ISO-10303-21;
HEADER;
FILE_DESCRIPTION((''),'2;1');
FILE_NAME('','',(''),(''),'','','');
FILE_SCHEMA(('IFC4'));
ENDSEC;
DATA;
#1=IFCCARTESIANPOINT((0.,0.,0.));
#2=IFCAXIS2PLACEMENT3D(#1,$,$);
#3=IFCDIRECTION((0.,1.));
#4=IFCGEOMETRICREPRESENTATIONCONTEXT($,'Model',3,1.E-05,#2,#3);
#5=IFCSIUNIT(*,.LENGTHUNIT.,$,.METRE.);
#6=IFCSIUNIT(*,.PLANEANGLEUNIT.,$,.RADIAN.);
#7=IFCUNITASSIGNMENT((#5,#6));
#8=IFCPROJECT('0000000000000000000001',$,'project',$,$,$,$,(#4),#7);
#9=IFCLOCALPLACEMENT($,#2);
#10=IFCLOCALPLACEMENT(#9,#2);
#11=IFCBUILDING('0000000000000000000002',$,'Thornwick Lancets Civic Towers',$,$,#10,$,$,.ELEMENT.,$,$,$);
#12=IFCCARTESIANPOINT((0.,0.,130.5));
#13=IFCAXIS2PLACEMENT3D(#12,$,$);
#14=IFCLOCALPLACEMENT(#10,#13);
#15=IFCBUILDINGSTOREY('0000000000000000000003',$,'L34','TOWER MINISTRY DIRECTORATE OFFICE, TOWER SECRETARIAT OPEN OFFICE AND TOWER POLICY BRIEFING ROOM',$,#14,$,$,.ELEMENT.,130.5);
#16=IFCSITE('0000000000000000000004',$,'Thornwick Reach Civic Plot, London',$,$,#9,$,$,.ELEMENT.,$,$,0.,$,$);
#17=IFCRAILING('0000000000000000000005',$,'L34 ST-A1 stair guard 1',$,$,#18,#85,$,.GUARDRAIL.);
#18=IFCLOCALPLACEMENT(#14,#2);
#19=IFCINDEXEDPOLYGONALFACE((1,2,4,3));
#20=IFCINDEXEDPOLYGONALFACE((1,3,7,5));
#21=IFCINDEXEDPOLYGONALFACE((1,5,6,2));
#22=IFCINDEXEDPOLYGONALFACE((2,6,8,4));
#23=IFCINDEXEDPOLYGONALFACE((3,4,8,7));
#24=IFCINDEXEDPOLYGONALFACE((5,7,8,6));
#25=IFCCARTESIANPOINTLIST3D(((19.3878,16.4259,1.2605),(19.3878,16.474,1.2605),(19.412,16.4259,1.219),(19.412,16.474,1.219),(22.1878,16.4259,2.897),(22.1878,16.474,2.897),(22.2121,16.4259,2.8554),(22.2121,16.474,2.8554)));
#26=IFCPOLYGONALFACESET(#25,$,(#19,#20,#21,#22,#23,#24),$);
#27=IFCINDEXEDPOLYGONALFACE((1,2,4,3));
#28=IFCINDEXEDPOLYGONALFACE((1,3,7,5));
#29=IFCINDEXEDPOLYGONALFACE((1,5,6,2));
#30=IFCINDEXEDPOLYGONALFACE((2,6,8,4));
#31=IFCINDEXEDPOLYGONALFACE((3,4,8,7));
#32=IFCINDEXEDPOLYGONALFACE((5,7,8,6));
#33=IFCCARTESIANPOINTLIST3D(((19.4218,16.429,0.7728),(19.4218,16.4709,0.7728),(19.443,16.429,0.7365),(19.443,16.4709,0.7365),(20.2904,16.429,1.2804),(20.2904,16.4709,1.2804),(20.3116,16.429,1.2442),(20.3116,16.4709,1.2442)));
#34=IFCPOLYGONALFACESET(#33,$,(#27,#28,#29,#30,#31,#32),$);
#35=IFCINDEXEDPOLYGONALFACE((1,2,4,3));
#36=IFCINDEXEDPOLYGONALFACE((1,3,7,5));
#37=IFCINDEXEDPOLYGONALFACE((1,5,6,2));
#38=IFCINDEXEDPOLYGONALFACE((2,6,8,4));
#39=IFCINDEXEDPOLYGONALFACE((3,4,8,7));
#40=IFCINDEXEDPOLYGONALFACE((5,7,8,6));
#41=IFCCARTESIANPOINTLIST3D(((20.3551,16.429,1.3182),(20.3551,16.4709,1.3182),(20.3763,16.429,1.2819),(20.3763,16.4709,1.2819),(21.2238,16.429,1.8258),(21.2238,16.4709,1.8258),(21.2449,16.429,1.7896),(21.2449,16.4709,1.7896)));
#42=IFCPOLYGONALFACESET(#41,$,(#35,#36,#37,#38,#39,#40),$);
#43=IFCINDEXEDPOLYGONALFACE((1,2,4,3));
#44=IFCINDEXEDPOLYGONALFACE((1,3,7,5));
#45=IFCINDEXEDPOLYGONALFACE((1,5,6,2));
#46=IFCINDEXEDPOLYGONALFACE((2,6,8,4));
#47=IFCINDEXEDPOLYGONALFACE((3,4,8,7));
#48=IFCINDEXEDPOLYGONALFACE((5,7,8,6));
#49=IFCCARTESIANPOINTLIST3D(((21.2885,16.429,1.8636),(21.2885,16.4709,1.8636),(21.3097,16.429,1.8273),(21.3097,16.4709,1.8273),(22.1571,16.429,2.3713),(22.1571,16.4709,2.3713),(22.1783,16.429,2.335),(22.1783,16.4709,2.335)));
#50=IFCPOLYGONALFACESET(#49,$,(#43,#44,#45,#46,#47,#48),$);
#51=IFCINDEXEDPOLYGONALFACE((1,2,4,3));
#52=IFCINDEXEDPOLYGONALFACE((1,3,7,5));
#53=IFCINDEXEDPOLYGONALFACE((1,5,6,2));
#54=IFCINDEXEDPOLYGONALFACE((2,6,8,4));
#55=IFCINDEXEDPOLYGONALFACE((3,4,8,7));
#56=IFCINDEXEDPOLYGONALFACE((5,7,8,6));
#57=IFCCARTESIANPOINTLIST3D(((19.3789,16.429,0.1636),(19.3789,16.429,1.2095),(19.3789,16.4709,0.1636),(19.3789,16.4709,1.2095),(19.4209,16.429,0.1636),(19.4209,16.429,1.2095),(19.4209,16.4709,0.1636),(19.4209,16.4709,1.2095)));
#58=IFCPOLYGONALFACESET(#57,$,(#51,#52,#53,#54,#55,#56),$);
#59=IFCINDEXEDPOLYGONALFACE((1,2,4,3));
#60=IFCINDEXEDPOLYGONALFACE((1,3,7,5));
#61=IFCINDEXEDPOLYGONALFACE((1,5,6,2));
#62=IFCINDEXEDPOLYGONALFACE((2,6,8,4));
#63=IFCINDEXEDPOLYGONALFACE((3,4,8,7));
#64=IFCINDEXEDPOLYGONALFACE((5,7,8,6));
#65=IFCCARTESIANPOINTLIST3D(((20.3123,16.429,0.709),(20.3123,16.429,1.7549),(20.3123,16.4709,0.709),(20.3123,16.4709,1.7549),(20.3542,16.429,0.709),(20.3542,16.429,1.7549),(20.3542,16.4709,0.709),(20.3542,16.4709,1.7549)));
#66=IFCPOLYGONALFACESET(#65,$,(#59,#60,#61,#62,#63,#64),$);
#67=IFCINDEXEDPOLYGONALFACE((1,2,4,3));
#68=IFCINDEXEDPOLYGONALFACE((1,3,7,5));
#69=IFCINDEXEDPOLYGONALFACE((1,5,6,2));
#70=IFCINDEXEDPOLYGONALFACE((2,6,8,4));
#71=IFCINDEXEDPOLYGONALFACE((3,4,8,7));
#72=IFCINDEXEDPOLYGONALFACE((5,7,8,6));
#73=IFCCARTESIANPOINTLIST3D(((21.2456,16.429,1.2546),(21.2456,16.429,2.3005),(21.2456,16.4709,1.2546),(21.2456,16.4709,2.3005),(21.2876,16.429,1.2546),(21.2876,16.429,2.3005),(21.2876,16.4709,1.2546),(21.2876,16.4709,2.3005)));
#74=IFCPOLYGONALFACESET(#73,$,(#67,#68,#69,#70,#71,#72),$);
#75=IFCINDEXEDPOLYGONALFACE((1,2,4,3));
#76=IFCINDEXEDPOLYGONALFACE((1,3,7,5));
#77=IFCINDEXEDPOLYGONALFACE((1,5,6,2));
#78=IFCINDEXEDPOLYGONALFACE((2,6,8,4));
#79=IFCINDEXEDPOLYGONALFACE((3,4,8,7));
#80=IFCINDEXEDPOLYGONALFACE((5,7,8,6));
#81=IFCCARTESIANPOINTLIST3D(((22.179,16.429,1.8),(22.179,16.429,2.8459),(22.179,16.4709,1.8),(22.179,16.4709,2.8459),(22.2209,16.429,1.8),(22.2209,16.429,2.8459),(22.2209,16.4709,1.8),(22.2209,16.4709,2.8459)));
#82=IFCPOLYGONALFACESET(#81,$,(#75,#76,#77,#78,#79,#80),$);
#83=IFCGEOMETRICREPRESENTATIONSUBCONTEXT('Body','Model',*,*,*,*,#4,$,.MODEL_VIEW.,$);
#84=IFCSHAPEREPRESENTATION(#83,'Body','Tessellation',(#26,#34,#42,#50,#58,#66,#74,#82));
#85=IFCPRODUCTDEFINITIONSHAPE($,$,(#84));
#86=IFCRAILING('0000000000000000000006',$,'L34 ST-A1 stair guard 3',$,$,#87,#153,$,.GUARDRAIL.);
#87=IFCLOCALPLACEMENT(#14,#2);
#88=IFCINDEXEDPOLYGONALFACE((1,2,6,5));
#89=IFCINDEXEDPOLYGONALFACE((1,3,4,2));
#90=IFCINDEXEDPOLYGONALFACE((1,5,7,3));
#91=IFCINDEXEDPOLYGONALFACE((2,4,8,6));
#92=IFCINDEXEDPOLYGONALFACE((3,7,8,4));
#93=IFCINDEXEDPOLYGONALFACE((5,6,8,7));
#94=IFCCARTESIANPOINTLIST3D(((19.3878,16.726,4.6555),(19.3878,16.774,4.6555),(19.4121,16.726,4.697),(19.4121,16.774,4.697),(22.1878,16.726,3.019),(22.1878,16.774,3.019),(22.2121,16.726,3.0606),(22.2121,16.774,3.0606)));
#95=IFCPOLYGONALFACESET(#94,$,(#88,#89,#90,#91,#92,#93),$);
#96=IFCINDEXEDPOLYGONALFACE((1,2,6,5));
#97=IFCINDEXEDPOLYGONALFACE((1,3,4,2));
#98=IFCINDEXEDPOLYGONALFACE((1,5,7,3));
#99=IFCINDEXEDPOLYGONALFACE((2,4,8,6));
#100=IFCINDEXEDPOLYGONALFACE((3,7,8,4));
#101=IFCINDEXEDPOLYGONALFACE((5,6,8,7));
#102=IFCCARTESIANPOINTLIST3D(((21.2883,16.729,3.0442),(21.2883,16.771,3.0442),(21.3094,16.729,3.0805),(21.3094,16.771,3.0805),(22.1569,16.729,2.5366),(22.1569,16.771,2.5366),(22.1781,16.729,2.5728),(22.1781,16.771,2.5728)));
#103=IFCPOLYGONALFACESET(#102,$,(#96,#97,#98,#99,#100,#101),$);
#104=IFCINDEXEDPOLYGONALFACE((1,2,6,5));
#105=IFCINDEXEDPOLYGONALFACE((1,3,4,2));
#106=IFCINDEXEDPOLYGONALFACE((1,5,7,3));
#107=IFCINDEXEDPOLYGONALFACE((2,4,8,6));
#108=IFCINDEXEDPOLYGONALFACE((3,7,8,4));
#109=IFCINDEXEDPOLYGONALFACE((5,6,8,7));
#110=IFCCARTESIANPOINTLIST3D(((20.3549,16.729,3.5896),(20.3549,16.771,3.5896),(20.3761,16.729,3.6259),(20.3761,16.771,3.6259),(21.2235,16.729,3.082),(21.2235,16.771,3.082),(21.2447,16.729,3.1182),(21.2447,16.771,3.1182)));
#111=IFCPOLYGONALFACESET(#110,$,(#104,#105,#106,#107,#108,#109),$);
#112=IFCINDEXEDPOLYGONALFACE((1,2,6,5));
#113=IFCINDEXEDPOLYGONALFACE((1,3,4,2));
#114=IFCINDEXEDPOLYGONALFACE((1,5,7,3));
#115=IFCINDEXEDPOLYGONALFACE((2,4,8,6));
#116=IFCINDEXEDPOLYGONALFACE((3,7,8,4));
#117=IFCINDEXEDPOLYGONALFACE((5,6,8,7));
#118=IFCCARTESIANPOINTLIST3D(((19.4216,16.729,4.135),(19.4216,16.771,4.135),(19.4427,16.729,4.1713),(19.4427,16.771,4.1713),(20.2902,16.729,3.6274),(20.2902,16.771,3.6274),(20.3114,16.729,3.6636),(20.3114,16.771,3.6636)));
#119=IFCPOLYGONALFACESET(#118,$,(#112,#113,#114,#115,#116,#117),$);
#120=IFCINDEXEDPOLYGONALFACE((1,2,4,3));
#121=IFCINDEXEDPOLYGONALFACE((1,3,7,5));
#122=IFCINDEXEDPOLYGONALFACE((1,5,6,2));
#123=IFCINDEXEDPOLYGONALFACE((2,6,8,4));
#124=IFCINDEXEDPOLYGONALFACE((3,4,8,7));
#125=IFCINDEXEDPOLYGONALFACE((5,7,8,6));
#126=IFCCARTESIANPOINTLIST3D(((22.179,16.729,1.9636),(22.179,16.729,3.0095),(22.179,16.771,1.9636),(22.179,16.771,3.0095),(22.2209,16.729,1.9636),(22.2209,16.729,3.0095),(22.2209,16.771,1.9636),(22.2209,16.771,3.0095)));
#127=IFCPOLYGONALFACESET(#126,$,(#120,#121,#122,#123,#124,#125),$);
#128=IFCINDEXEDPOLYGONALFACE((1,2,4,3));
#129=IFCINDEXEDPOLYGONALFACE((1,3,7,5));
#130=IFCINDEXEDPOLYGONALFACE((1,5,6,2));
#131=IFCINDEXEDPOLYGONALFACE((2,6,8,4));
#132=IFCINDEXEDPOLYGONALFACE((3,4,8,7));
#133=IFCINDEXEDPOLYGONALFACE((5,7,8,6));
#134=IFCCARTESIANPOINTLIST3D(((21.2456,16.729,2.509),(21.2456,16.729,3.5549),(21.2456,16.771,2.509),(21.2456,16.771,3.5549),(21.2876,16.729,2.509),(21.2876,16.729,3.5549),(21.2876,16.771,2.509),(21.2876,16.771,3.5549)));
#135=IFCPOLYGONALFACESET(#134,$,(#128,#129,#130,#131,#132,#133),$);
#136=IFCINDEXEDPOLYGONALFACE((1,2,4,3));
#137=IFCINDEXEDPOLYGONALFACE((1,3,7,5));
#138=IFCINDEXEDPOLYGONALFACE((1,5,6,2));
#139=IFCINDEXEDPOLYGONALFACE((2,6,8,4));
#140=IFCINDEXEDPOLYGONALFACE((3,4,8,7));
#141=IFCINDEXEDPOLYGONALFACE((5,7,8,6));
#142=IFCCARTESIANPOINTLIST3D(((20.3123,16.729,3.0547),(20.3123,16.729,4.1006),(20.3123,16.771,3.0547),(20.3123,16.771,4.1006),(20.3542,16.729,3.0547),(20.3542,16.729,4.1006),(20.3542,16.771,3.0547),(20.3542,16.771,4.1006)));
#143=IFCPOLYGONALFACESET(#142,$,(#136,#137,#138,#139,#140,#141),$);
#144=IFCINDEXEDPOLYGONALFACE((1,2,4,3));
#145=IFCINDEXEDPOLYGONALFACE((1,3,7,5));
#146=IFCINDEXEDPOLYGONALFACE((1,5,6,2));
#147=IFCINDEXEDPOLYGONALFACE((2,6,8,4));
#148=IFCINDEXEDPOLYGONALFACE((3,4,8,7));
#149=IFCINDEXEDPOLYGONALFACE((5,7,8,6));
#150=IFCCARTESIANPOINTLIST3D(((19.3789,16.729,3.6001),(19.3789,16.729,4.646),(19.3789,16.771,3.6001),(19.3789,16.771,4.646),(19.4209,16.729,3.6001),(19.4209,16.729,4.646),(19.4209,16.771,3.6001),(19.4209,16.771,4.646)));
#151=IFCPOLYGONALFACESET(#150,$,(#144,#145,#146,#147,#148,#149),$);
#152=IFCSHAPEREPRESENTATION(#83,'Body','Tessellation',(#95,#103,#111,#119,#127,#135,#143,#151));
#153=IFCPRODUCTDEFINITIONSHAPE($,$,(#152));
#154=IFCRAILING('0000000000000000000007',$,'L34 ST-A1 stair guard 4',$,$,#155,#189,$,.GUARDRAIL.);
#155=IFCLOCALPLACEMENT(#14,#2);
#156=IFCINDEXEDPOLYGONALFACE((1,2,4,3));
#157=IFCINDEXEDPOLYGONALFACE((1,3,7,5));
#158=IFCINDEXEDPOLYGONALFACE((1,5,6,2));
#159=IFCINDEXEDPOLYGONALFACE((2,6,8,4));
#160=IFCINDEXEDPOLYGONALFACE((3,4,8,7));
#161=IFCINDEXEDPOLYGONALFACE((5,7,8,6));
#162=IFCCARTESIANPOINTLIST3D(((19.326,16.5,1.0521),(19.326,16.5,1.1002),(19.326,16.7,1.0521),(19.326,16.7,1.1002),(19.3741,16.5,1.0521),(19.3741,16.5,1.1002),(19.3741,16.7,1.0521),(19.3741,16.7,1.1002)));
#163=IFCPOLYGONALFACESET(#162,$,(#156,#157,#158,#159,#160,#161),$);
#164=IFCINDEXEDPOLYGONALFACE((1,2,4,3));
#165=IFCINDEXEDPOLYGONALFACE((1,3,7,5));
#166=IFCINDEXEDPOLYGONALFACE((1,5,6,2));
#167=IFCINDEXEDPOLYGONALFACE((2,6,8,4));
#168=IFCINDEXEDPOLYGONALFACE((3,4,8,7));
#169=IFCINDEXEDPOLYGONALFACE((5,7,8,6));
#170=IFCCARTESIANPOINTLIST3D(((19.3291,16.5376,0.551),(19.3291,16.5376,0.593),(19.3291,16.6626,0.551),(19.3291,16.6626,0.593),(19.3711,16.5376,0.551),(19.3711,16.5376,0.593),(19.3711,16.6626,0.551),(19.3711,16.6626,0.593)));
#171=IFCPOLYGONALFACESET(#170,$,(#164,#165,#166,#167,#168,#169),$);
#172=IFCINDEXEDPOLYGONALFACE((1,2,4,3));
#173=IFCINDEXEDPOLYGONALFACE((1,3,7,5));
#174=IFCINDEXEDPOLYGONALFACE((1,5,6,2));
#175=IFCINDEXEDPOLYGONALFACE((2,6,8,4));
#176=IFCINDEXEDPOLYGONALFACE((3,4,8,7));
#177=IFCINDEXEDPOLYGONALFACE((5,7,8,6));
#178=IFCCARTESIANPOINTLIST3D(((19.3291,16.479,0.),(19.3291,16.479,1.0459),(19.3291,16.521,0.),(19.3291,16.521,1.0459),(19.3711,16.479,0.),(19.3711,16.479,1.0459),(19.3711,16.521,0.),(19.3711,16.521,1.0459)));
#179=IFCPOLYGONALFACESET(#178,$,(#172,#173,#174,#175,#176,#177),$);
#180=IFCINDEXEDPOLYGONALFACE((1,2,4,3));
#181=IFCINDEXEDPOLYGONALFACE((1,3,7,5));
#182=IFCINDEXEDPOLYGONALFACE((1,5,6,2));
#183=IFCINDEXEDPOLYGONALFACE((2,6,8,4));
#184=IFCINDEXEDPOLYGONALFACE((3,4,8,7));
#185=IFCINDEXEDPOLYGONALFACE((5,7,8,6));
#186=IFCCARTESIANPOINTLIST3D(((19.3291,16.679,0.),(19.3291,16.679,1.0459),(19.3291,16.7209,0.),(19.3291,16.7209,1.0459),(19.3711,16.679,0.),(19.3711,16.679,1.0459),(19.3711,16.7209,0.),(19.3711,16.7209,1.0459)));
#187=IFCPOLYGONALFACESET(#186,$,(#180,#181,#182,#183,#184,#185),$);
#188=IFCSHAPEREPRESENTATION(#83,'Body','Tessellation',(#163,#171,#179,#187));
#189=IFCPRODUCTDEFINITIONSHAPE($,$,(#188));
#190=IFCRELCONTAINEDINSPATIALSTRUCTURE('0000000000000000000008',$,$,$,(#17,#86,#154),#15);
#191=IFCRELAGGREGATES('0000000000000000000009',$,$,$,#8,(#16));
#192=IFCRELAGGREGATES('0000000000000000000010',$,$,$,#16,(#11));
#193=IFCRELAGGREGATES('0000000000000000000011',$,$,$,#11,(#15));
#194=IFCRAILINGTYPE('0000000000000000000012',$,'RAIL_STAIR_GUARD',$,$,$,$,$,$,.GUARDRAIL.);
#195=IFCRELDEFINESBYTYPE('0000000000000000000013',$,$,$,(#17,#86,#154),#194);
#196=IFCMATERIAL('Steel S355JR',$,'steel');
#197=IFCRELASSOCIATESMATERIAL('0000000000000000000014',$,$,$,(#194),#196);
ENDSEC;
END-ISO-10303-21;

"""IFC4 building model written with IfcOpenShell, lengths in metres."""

from ifc_helpers import new_model, si_unit, direction, frame, origin, origin_2d, place, context, subcontext, project, spatial, rectangle, extrude, material, type_object, element, save


model = new_model("IFC4")

# Units and contexts
model_context = context("Model", 3, precision=1e-05, world=origin(), true_north=direction((0.0, 1.0)))
body_context = subcontext(model_context, "Body", "Model", "MODEL_VIEW")
ifc_project = project(units=[si_unit("LENGTHUNIT", "METRE"), si_unit("PLANEANGLEUNIT", "RADIAN")], contexts=[model_context])

# Site, building, storey
site_placement = place(None, origin())
site = spatial("IfcSite", under=ifc_project, at=site_placement, Name="Thornwick Reach Civic Plot, London", CompositionType="ELEMENT", RefElevation=0.0)
building_placement = place(site_placement, origin())
building = spatial("IfcBuilding", under=site, at=building_placement, Name="Thornwick Lancets Civic Towers", CompositionType="ELEMENT")
storey_placement = place(building_placement, frame((0.0, 0.0, 130.5)))
storey = spatial("IfcBuildingStorey", under=building, at=storey_placement, Name="L34", Description="TOWER MINISTRY DIRECTORATE OFFICE, TOWER SECRETARIAT OPEN OFFICE AND TOWER POLICY BRIEFING ROOM", CompositionType="ELEMENT", Elevation=130.5)

# Railings
ifc_material_1 = material(Name="Steel S355JR", Category="steel")
railing_type_1 = type_object("IfcRailingType", Name="RAIL_STAIR_GUARD", PredefinedType="GUARDRAIL", material=ifc_material_1)
railing_1_placement = place(storey_placement, frame((19.3999, 16.45, 0.1636)))
element("IfcRailing", 1, at=railing_1_placement, inside=storey, type_object=railing_type_1, Name="L34 ST-A1 stair guard 1", PredefinedType="GUARDRAIL", context=body_context, shape_type="SweptSolid", body=[
    extrude(rectangle(XDim=0.0481, YDim=0.0481, at=origin_2d()), frame((0.0, 0.0, 1.0762), z_axis=(0.863361, 0.0, 0.504587), x_axis=(0.0, 1.0, 0.0)), (0.0, 0.0, 1.0), 3.2432),
    extrude(rectangle(XDim=0.042, YDim=0.042, at=origin_2d()), frame((0.0325, 0.0, 0.5911), z_axis=(0.863361, 0.0, 0.504587), x_axis=(0.0, 1.0, 0.0)), (0.0, 0.0, 1.0), 1.0061),
    extrude(rectangle(XDim=0.042, YDim=0.042, at=origin_2d()), frame((0.9658, 0.0, 1.1365), z_axis=(0.863361, 0.0, 0.504587), x_axis=(0.0, 1.0, 0.0)), (0.0, 0.0, 1.0), 1.0061),
    extrude(rectangle(XDim=0.042, YDim=0.042, at=origin_2d()), frame((1.8992, 0.0, 1.6819), z_axis=(0.863361, 0.0, 0.504587), x_axis=(0.0, 1.0, 0.0)), (0.0, 0.0, 1.0), 1.0061),
    extrude(rectangle(XDim=0.042, YDim=0.042, at=origin_2d()), origin(), (0.0, 0.0, 1.0), 1.0459),
    extrude(rectangle(XDim=0.042, YDim=0.042, at=origin_2d()), frame((0.9333, 0.0, 0.5454)), (0.0, 0.0, 1.0), 1.0459),
    extrude(rectangle(XDim=0.042, YDim=0.042, at=origin_2d()), frame((1.8667, 0.0, 1.0911)), (0.0, 0.0, 1.0), 1.0459),
    extrude(rectangle(XDim=0.042, YDim=0.042, at=origin_2d()), frame((2.8, 0.0, 1.6365)), (0.0, 0.0, 1.0), 1.0459),
])
railing_2_placement = place(storey_placement, frame((22.2, 16.75, 1.9636)))
element("IfcRailing", 2, at=railing_2_placement, inside=storey, type_object=railing_type_1, Name="L34 ST-A1 stair guard 3", PredefinedType="GUARDRAIL", context=body_context, shape_type="SweptSolid", body=[
    extrude(rectangle(XDim=0.0481, YDim=0.0481, at=origin_2d()), frame((0.0, 0.0, 1.0762), z_axis=(-0.863361, 0.0, 0.504587), x_axis=(0.0, -1.0, 0.0)), (0.0, 0.0, 1.0), 3.2432),
    extrude(rectangle(XDim=0.042, YDim=0.042, at=origin_2d()), frame((-0.0325, 0.0, 0.5911), z_axis=(-0.863361, 0.0, 0.504587), x_axis=(0.0, -1.0, 0.0)), (0.0, 0.0, 1.0), 1.0061),
    extrude(rectangle(XDim=0.042, YDim=0.042, at=origin_2d()), frame((-0.9658, 0.0, 1.1365), z_axis=(-0.863361, 0.0, 0.504587), x_axis=(0.0, -1.0, 0.0)), (0.0, 0.0, 1.0), 1.0061),
    extrude(rectangle(XDim=0.042, YDim=0.042, at=origin_2d()), frame((-1.8992, 0.0, 1.6819), z_axis=(-0.863361, 0.0, 0.504587), x_axis=(0.0, -1.0, 0.0)), (0.0, 0.0, 1.0), 1.0061),
    extrude(rectangle(XDim=0.042, YDim=0.042, at=origin_2d()), origin(), (0.0, 0.0, 1.0), 1.0459),
    extrude(rectangle(XDim=0.042, YDim=0.042, at=origin_2d()), frame((-0.9333, 0.0, 0.5454)), (0.0, 0.0, 1.0), 1.0459),
    extrude(rectangle(XDim=0.042, YDim=0.042, at=origin_2d()), frame((-1.8667, 0.0, 1.0911)), (0.0, 0.0, 1.0), 1.0459),
    extrude(rectangle(XDim=0.042, YDim=0.042, at=origin_2d()), frame((-2.8, 0.0, 1.6365)), (0.0, 0.0, 1.0), 1.0459),
])
railing_3_placement = place(storey_placement, frame((19.3501, 16.5, 0.0)))
element("IfcRailing", 3, at=railing_3_placement, inside=storey, type_object=railing_type_1, Name="L34 ST-A1 stair guard 4", PredefinedType="GUARDRAIL", context=body_context, shape_type="SweptSolid", body=[
    extrude(rectangle(XDim=0.0481, YDim=0.0481, at=origin_2d()), frame((0.0, 0.0, 1.0762), z_axis=(0.0, 1.0, 0.0), x_axis=(-1.0, 0.0, 0.0)), (0.0, 0.0, 1.0), 0.2),
    extrude(rectangle(XDim=0.042, YDim=0.042, at=origin_2d()), frame((0.0, 0.0376, 0.572), z_axis=(0.0, 1.0, 0.0), x_axis=(-1.0, 0.0, 0.0)), (0.0, 0.0, 1.0), 0.125),
    extrude(rectangle(XDim=0.042, YDim=0.042, at=origin_2d()), origin(), (0.0, 0.0, 1.0), 1.0459),
    extrude(rectangle(XDim=0.042, YDim=0.042, at=origin_2d()), frame((0.0, 0.2, 0.0)), (0.0, 0.0, 1.0), 1.0459),
])

save(model, "model.ifc")
